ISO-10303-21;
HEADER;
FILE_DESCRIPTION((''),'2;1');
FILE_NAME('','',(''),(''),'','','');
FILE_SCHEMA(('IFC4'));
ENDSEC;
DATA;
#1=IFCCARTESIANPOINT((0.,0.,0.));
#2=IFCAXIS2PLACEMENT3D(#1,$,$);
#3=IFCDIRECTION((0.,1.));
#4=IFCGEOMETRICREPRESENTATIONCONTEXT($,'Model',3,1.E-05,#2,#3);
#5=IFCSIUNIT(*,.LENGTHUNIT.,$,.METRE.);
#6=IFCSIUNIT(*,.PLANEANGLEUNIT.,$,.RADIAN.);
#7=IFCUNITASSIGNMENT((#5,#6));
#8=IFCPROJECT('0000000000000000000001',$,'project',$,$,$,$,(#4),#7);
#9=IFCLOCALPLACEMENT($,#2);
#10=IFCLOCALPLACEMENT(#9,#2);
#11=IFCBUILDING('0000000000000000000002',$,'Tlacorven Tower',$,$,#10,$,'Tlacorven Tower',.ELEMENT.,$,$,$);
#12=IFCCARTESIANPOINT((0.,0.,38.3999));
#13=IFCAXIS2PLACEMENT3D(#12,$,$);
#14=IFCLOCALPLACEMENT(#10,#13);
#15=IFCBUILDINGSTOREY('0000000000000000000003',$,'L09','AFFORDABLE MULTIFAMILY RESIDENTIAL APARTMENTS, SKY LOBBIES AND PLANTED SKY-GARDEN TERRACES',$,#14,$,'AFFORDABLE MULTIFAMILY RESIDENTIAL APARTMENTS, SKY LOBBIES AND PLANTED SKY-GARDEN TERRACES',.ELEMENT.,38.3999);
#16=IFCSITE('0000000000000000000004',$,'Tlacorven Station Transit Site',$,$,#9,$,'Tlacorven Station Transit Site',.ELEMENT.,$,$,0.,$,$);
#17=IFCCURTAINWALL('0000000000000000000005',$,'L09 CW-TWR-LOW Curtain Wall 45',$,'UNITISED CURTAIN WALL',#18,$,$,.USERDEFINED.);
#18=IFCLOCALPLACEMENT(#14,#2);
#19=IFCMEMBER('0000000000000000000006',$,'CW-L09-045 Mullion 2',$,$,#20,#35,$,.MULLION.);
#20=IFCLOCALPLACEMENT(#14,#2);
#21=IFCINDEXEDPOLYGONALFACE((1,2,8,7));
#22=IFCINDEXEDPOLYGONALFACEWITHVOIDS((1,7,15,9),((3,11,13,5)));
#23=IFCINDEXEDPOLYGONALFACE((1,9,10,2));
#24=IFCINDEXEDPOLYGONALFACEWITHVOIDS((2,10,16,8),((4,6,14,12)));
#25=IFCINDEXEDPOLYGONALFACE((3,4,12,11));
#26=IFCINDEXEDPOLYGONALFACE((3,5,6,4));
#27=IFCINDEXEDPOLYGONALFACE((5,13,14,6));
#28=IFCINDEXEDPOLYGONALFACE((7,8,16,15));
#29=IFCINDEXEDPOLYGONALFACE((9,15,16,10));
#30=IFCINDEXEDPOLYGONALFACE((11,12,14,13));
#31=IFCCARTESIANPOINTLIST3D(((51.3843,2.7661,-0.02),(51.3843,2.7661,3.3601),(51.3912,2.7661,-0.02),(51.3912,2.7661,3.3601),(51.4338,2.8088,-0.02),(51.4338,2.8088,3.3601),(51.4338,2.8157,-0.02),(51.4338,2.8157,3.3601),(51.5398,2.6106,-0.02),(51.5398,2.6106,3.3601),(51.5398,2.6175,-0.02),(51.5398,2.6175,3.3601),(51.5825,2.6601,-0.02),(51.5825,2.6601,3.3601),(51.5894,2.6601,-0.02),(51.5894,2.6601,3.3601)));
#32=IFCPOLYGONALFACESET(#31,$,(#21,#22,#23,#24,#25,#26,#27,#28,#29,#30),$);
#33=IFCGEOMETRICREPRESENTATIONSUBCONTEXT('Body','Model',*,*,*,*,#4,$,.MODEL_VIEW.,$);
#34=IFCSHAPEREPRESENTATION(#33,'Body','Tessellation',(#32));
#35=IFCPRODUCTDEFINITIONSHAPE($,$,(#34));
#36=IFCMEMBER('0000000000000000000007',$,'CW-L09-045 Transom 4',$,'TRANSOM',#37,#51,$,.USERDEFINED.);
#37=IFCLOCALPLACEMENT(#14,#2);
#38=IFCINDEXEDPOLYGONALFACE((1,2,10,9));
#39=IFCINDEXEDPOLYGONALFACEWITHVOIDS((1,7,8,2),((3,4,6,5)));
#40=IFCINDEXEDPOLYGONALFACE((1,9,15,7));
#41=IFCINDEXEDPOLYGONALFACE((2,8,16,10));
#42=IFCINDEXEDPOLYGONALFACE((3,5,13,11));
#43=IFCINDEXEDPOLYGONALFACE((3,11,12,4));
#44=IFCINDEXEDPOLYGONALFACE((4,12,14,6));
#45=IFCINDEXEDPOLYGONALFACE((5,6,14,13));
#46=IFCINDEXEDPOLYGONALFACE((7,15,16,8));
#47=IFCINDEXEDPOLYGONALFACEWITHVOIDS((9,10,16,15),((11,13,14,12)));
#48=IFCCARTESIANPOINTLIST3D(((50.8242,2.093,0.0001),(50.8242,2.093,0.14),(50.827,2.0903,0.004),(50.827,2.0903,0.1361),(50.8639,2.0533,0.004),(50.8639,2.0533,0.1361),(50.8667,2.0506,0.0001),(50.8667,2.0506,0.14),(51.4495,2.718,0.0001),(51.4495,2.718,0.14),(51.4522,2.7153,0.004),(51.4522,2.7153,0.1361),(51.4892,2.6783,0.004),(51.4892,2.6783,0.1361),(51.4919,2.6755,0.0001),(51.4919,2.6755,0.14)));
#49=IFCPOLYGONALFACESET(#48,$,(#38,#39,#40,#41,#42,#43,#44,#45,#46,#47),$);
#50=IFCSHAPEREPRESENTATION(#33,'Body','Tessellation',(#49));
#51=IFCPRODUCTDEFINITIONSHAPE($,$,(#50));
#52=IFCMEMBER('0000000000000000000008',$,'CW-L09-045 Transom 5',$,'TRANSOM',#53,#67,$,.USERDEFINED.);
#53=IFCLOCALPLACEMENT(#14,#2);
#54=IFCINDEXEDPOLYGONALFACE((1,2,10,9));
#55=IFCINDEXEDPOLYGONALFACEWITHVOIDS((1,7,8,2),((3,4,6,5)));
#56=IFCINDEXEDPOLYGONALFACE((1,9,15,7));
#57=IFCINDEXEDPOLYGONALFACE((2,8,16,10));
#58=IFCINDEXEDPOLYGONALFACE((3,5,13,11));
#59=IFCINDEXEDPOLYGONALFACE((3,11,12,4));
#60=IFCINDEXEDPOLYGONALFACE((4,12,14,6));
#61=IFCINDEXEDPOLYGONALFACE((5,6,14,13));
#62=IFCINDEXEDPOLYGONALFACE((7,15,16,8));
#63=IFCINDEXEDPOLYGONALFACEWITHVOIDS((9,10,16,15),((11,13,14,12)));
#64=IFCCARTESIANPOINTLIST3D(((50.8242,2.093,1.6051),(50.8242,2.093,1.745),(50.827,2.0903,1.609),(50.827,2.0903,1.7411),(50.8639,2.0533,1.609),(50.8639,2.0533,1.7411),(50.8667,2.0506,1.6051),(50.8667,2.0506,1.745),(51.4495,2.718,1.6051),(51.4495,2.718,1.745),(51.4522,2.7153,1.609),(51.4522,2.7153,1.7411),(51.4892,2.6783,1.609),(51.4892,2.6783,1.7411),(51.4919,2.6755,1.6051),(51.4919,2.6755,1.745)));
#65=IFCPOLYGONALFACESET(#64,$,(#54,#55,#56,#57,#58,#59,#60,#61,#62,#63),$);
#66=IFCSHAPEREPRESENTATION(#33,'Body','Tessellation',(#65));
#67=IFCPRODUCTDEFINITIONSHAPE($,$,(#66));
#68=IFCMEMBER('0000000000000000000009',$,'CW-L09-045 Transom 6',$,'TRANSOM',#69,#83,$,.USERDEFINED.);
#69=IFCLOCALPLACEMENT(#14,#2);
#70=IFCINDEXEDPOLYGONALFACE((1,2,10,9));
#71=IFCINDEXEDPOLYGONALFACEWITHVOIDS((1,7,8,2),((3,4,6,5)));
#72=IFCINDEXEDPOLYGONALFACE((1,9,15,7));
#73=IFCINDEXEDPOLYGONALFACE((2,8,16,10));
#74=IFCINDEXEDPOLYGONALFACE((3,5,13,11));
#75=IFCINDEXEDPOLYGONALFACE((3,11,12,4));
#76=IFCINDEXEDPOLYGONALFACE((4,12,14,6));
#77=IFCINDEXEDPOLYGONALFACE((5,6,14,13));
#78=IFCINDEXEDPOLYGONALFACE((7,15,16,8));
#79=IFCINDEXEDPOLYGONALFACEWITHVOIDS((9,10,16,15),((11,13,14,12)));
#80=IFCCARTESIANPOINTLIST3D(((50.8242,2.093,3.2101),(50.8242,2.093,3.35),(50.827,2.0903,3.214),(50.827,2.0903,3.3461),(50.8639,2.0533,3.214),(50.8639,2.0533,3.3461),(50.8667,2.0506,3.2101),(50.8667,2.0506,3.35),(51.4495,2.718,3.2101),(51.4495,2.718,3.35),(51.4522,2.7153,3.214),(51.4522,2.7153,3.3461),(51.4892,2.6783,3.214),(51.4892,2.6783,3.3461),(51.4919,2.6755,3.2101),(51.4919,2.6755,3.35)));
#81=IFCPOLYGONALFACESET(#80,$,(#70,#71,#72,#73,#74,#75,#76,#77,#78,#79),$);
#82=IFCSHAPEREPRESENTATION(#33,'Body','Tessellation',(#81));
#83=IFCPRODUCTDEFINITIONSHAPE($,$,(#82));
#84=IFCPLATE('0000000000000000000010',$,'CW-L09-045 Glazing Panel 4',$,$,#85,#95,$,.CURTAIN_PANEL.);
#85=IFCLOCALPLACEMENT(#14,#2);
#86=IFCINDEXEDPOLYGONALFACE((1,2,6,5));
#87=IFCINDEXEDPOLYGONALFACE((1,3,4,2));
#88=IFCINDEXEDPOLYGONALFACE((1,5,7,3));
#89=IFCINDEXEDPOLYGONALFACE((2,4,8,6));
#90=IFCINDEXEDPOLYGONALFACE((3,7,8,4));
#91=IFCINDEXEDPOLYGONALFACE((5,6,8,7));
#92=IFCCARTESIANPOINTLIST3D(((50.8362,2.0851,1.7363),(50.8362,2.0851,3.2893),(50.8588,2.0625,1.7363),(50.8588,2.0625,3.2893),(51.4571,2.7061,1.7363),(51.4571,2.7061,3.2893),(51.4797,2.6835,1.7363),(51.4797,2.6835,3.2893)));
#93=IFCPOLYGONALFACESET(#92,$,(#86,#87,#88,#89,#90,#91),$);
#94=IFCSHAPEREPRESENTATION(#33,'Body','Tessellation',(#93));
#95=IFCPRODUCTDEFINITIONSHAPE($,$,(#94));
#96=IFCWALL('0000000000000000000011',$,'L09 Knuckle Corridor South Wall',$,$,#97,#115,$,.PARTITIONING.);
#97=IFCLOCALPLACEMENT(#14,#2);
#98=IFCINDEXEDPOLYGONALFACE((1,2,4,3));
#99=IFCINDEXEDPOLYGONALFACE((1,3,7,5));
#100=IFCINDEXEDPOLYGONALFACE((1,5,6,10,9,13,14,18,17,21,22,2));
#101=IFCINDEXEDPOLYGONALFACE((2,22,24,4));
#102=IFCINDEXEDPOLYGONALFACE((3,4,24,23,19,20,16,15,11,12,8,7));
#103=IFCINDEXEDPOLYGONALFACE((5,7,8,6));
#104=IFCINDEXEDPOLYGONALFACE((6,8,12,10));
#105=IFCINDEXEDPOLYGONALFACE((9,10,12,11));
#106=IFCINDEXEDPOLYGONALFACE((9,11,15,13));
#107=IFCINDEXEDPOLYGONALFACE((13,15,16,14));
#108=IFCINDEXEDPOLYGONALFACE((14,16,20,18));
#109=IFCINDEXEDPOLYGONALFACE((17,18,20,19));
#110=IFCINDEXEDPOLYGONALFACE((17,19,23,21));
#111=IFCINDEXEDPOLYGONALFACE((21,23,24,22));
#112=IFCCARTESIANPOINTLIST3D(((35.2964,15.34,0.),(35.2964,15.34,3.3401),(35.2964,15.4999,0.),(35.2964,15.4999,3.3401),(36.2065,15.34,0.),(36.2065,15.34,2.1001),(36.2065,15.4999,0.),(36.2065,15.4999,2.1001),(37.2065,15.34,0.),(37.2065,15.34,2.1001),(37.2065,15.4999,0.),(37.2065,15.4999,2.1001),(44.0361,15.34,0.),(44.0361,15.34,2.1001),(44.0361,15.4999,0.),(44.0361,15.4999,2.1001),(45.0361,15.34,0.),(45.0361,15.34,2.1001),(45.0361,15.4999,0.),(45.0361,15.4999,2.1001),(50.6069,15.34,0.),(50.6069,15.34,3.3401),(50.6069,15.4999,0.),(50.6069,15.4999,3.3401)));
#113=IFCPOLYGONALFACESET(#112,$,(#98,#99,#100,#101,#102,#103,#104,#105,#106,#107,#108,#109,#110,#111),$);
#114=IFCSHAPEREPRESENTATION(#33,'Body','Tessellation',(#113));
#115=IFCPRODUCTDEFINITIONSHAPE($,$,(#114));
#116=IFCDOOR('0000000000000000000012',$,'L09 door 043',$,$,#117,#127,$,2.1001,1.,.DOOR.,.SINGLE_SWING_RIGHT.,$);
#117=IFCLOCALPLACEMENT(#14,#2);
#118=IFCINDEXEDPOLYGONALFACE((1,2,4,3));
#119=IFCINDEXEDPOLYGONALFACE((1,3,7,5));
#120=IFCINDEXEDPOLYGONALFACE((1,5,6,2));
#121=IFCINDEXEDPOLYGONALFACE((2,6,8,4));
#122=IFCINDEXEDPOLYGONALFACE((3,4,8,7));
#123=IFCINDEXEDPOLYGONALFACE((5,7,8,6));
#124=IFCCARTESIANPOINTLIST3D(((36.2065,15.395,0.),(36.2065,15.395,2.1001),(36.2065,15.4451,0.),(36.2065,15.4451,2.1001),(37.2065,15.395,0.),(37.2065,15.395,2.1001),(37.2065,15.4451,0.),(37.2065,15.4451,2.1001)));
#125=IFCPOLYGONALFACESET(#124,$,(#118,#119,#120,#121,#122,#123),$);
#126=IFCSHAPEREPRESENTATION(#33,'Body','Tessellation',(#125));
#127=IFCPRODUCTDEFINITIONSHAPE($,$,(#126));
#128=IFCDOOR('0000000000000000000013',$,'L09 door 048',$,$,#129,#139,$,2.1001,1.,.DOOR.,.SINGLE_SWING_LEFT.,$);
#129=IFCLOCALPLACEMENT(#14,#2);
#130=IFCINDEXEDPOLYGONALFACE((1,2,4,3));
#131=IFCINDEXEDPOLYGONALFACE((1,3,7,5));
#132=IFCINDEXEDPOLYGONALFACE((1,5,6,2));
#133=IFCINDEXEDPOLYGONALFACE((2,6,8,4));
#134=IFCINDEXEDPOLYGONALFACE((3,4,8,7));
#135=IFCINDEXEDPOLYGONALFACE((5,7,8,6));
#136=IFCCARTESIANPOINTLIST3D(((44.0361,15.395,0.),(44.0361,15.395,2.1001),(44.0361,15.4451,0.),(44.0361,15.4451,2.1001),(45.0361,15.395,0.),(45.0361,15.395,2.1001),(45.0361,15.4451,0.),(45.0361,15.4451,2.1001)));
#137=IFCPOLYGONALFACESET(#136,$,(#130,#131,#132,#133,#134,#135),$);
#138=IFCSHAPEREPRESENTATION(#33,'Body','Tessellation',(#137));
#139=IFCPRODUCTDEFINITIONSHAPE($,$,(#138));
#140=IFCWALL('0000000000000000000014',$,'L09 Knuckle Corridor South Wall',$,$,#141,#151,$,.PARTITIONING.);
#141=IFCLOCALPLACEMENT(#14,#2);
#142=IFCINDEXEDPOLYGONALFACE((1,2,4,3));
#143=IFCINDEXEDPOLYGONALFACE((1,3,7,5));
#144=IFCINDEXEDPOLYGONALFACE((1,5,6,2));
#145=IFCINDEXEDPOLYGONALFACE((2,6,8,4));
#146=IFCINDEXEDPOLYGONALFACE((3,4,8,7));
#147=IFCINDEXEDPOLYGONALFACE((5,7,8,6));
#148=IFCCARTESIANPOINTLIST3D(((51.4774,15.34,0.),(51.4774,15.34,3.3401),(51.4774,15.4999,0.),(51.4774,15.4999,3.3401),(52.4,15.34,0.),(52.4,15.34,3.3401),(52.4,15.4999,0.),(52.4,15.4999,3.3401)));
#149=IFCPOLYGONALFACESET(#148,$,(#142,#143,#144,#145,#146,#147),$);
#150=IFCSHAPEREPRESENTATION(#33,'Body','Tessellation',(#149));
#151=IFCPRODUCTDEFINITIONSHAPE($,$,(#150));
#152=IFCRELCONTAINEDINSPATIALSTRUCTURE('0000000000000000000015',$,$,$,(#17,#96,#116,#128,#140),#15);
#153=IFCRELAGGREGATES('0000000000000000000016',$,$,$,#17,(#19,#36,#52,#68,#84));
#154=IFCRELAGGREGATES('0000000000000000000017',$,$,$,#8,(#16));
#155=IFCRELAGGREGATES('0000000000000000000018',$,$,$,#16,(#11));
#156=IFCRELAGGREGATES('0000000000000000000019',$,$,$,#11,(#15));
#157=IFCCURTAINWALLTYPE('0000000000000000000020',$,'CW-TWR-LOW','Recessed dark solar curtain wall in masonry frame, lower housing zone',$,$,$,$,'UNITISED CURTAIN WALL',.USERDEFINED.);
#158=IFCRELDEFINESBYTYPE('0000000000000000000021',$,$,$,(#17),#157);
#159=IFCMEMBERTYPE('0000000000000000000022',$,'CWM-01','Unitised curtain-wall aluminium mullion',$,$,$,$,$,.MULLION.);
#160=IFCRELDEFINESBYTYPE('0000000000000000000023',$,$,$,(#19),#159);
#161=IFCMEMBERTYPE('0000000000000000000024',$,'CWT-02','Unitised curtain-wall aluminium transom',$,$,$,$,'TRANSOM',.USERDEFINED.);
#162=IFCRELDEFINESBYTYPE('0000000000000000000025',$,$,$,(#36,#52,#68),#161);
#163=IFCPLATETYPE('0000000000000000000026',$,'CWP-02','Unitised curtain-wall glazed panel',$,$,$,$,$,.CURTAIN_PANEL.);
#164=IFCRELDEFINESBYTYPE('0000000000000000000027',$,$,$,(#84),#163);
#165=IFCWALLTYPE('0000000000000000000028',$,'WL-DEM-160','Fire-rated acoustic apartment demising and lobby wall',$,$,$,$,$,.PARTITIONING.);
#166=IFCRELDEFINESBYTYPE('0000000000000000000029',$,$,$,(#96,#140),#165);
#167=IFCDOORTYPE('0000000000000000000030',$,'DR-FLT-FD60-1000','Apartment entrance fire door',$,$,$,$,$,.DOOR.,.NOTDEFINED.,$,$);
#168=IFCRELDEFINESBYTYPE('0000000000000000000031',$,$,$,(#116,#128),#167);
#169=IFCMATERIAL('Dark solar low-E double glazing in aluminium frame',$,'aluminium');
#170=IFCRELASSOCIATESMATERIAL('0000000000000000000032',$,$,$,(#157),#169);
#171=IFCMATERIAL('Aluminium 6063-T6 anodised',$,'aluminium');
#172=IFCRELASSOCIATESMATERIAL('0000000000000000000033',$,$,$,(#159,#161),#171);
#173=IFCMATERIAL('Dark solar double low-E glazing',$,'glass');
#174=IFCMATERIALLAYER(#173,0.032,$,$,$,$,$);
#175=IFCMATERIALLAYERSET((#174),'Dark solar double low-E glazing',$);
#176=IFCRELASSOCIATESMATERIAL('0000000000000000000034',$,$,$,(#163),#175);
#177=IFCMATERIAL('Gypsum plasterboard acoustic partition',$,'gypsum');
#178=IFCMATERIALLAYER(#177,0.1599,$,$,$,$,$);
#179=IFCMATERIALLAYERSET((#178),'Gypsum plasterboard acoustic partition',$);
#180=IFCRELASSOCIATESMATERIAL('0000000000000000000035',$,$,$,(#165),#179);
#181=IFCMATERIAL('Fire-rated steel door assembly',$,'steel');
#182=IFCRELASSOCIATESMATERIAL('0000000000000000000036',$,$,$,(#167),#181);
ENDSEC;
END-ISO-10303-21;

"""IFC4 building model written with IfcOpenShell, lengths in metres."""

from ifc_helpers import new_model, si_unit, direction, frame, frame_2d, origin, origin_2d, place, context, subcontext, project, spatial, rectangle, hollow_rectangle, extrude, source, transform, mapped, material, layer, layer_set, material_profile, profile_set, type_object, element, fill, aggregate, save


model = new_model("IFC4")

# Units and contexts
model_context = context("Model", 3, precision=1e-05, world=origin(), true_north=direction((0.0, 1.0)))
body_context = subcontext(model_context, "Body", "Model", "MODEL_VIEW")
ifc_project = project(units=[si_unit("LENGTHUNIT", "METRE"), si_unit("PLANEANGLEUNIT", "RADIAN")], contexts=[model_context])

# Site, building, storey
site_placement = place(None, origin())
site = spatial("IfcSite", under=ifc_project, at=site_placement, Name="Tlacorven Station Transit Site", LongName="Tlacorven Station Transit Site", CompositionType="ELEMENT", RefElevation=0.0)
building_placement = place(site_placement, origin())
building = spatial("IfcBuilding", under=site, at=building_placement, Name="Tlacorven Tower", LongName="Tlacorven Tower", CompositionType="ELEMENT")
storey_placement = place(building_placement, frame((0.0, 0.0, 38.3999)))
storey = spatial("IfcBuildingStorey", under=building, at=storey_placement, Name="L09", Description="AFFORDABLE MULTIFAMILY RESIDENTIAL APARTMENTS, SKY LOBBIES AND PLANTED SKY-GARDEN TERRACES", LongName="AFFORDABLE MULTIFAMILY RESIDENTIAL APARTMENTS, SKY LOBBIES AND PLANTED SKY-GARDEN TERRACES", CompositionType="ELEMENT", Elevation=38.3999)

# Curtain wall, members, plate
ifc_material_1 = material(Name="Dark solar low-E double glazing in aluminium frame", Category="aluminium")
curtain_wall_type = type_object("IfcCurtainWallType", Name="CW-TWR-LOW", Description="Recessed dark solar curtain wall in masonry frame, lower housing zone", ElementType="UNITISED CURTAIN WALL", PredefinedType="USERDEFINED", material=ifc_material_1)
curtain_wall_placement = place(storey_placement, origin())
curtain_wall = element("IfcCurtainWall", 1, at=curtain_wall_placement, inside=storey, type_object=curtain_wall_type, Name="L09 CW-TWR-LOW Curtain Wall 45", ObjectType="UNITISED CURTAIN WALL", PredefinedType="USERDEFINED")
ifc_material_2 = material(Name="Aluminium 6063-T6 anodised", Category="aluminium")
ifc_material_profile_1 = material_profile(ifc_material_2, hollow_rectangle(XDim=0.0701, YDim=0.22, WallThickness=0.0049, at=origin_2d()), Name="ALU MULLION 70X220")
ifc_profile_set_1 = profile_set([ifc_material_profile_1], Name="Aluminium 6063-T6 anodised")
member_type_1 = type_object("IfcMemberType", Name="CWM-01", Description="Unitised curtain-wall aluminium mullion", PredefinedType="MULLION", material=ifc_profile_set_1)
shared_shape_1 = source(origin(), body_context, "Body", "SweptSolid", [
    extrude(hollow_rectangle(XDim=0.0701, YDim=0.22, WallThickness=0.0049, at=origin_2d()), origin(), (0.0, 0.0, 1.0), 3.3801),
])
member_1_placement = place(storey_placement, frame((51.4868, 2.7131, -0.02), z_axis=(0.0, 0.0, 1.0), x_axis=(-0.707107, -0.707107, 0.0)))
member_1 = element("IfcMember", 2, at=member_1_placement, type_object=member_type_1, Name="CW-L09-045 Mullion 2", PredefinedType="MULLION", context=body_context, shape_type="MappedRepresentation", body=[
    mapped(shared_shape_1, transform((0.0, 0.0, 0.0), scale=1.0)),
])
ifc_material_profile_2 = material_profile(ifc_material_2, hollow_rectangle(XDim=0.0601, YDim=0.1399, WallThickness=0.0039, at=origin_2d()), Name="ALU TRANSOM 60X140")
ifc_profile_set_2 = profile_set([ifc_material_profile_2], Name="Aluminium 6063-T6 anodised")
member_type_2 = type_object("IfcMemberType", Name="CWT-02", Description="Unitised curtain-wall aluminium transom", ElementType="TRANSOM", PredefinedType="USERDEFINED", material=ifc_profile_set_2)
shared_shape_2 = source(origin(), body_context, "Body", "SweptSolid", [
    extrude(hollow_rectangle(XDim=0.0601, YDim=0.1399, WallThickness=0.0039, at=origin_2d()), origin(), (0.0, 0.0, 1.0), 0.884),
])
member_2_placement = place(storey_placement, frame((51.4707, 2.6968, 0.0701), z_axis=(-0.707245, -0.706969, 0.0), x_axis=(0.706969, -0.707245, 0.0)))
member_2 = element("IfcMember", 3, at=member_2_placement, type_object=member_type_2, Name="CW-L09-045 Transom 4", ObjectType="TRANSOM", PredefinedType="USERDEFINED", context=body_context, shape_type="MappedRepresentation", body=[
    mapped(shared_shape_2, transform((0.0, 0.0, 0.0), scale=1.0)),
])
member_3_placement = place(storey_placement, frame((51.4707, 2.6968, 1.675), z_axis=(-0.707245, -0.706969, 0.0), x_axis=(0.706969, -0.707245, 0.0)))
member_3 = element("IfcMember", 4, at=member_3_placement, type_object=member_type_2, Name="CW-L09-045 Transom 5", ObjectType="TRANSOM", PredefinedType="USERDEFINED", context=body_context, shape_type="MappedRepresentation", body=[
    mapped(shared_shape_2, transform((0.0, 0.0, 0.0), scale=1.0)),
])
member_4_placement = place(storey_placement, frame((51.4707, 2.6968, 3.28), z_axis=(-0.707245, -0.706969, 0.0), x_axis=(0.706969, -0.707245, 0.0)))
member_4 = element("IfcMember", 5, at=member_4_placement, type_object=member_type_2, Name="CW-L09-045 Transom 6", ObjectType="TRANSOM", PredefinedType="USERDEFINED", context=body_context, shape_type="MappedRepresentation", body=[
    mapped(shared_shape_2, transform((0.0, 0.0, 0.0), scale=1.0)),
])
ifc_material_3 = material(Name="Dark solar double low-E glazing", Category="glass")
ifc_layer_1 = layer(ifc_material_3, 0.032)
ifc_layer_set_1 = layer_set([ifc_layer_1], Name="Dark solar double low-E glazing")
plate_type = type_object("IfcPlateType", Name="CWP-02", Description="Unitised curtain-wall glazed panel", PredefinedType="CURTAIN_PANEL", material=ifc_layer_set_1)
shared_shape_3 = source(origin(), body_context, "Body", "SweptSolid", [
    extrude(rectangle(XDim=0.8782, YDim=0.032, at=origin_2d()), origin(), (0.0, 0.0, 1.0), 1.553),
])
plate_placement = place(storey_placement, frame((51.158, 2.3843, 1.7363), z_axis=(0.0, 0.0, 1.0), x_axis=(-0.707107, -0.707107, 0.0)))
plate = element("IfcPlate", 6, at=plate_placement, type_object=plate_type, Name="CW-L09-045 Glazing Panel 4", PredefinedType="CURTAIN_PANEL", context=body_context, shape_type="MappedRepresentation", body=[
    mapped(shared_shape_3, transform((0.0, 0.0, 0.0), scale=1.0)),
])
aggregate(curtain_wall, [member_1, member_2, member_3, member_4, plate])

# Wall, openings, doors
ifc_material_4 = material(Name="Gypsum plasterboard acoustic partition", Category="gypsum")
ifc_layer_2 = layer(ifc_material_4, 0.1599)
ifc_layer_set_2 = layer_set([ifc_layer_2], Name="Gypsum plasterboard acoustic partition")
wall_type_1 = type_object("IfcWallType", Name="WL-DEM-160", Description="Fire-rated acoustic apartment demising and lobby wall", PredefinedType="PARTITIONING", material=ifc_layer_set_2)
wall_1_placement = place(storey_placement, frame((35.2964, 15.4199, 0.0), z_axis=(0.0, 0.0, 1.0), x_axis=(1.0, 0.0, 0.0)))
wall_1 = element("IfcWall", 7, at=wall_1_placement, inside=storey, type_object=wall_type_1, Name="L09 Knuckle Corridor South Wall", PredefinedType="PARTITIONING", context=body_context, shape_type="SweptSolid", body=[
    extrude(rectangle(XDim=15.3105, YDim=0.1599, at=frame_2d((7.6553, 0.0))), origin(), (0.0, 0.0, 1.0), 3.3401),
])
opening_1_placement = place(wall_1_placement, frame((0.9102, 0.0, 0.0)))
opening_1 = element("IfcOpeningElement", 8, at=opening_1_placement, cuts=wall_1, PredefinedType="OPENING", context=body_context, shape_type="SweptSolid", body=[
    extrude(rectangle(XDim=1.0, YDim=2.1001, at=frame_2d((0.5, 1.05))), frame((0.0, 0.0898, 0.0), z_axis=(0.0, -1.0, 0.0), x_axis=(1.0, 0.0, 0.0)), (0.0, 0.0, 1.0), 0.1799),
])
opening_2_placement = place(wall_1_placement, frame((8.7397, 0.0, 0.0)))
opening_2 = element("IfcOpeningElement", 9, at=opening_2_placement, cuts=wall_1, PredefinedType="OPENING", context=body_context, shape_type="SweptSolid", body=[
    extrude(rectangle(XDim=1.0, YDim=2.1001, at=frame_2d((0.5, 1.05))), frame((0.0, 0.0898, 0.0), z_axis=(0.0, -1.0, 0.0), x_axis=(1.0, 0.0, 0.0)), (0.0, 0.0, 1.0), 0.1799),
])
ifc_material_5 = material(Name="Fire-rated steel door assembly", Category="steel")
door_type_1 = type_object("IfcDoorType", Name="DR-FLT-FD60-1000", Description="Apartment entrance fire door", OperationType="NOTDEFINED", PredefinedType="DOOR", material=ifc_material_5)
shared_shape_4 = source(origin(), body_context, "Body", "SweptSolid", [
    extrude(rectangle(XDim=1.0, YDim=2.1001, at=frame_2d((0.5, 1.05))), frame((0.0, 0.0249, 0.0), z_axis=(0.0, -1.0, 0.0), x_axis=(1.0, 0.0, 0.0)), (0.0, 0.0, 1.0), 0.05),
])
door_1_placement = place(opening_1_placement, frame((1.0, 0.0, 0.0), z_axis=(0.0, 0.0, 1.0), x_axis=(-1.0, 0.0, 0.0)))
door_1 = element("IfcDoor", 10, at=door_1_placement, inside=storey, type_object=door_type_1, Name="L09 door 043", OperationType="SINGLE_SWING_RIGHT", OverallHeight=2.1001, OverallWidth=1.0, PredefinedType="DOOR", context=body_context, shape_type="MappedRepresentation", body=[
    mapped(shared_shape_4, transform((0.0, 0.0, 0.0), scale=1.0)),
])
fill(opening_1, door_1)
door_2_placement = place(opening_2_placement, frame((1.0, 0.0, 0.0), z_axis=(0.0, 0.0, 1.0), x_axis=(-1.0, 0.0, 0.0)))
door_2 = element("IfcDoor", 11, at=door_2_placement, inside=storey, type_object=door_type_1, Name="L09 door 048", OperationType="SINGLE_SWING_LEFT", OverallHeight=2.1001, OverallWidth=1.0, PredefinedType="DOOR", context=body_context, shape_type="MappedRepresentation", body=[
    mapped(shared_shape_4, transform((0.0, 0.0, 0.0), scale=1.0)),
])
fill(opening_2, door_2)

# Wall
wall_2_placement = place(storey_placement, frame((51.4773, 15.4199, 0.0), z_axis=(0.0, 0.0, 1.0), x_axis=(1.0, 0.0, 0.0)))
element("IfcWall", 12, at=wall_2_placement, inside=storey, type_object=wall_type_1, Name="L09 Knuckle Corridor South Wall", PredefinedType="PARTITIONING", context=body_context, shape_type="SweptSolid", body=[
    extrude(rectangle(XDim=0.9226, YDim=0.1599, at=frame_2d((0.4614, 0.0))), origin(), (0.0, 0.0, 1.0), 3.3401),
])

save(model, "model.ifc")
